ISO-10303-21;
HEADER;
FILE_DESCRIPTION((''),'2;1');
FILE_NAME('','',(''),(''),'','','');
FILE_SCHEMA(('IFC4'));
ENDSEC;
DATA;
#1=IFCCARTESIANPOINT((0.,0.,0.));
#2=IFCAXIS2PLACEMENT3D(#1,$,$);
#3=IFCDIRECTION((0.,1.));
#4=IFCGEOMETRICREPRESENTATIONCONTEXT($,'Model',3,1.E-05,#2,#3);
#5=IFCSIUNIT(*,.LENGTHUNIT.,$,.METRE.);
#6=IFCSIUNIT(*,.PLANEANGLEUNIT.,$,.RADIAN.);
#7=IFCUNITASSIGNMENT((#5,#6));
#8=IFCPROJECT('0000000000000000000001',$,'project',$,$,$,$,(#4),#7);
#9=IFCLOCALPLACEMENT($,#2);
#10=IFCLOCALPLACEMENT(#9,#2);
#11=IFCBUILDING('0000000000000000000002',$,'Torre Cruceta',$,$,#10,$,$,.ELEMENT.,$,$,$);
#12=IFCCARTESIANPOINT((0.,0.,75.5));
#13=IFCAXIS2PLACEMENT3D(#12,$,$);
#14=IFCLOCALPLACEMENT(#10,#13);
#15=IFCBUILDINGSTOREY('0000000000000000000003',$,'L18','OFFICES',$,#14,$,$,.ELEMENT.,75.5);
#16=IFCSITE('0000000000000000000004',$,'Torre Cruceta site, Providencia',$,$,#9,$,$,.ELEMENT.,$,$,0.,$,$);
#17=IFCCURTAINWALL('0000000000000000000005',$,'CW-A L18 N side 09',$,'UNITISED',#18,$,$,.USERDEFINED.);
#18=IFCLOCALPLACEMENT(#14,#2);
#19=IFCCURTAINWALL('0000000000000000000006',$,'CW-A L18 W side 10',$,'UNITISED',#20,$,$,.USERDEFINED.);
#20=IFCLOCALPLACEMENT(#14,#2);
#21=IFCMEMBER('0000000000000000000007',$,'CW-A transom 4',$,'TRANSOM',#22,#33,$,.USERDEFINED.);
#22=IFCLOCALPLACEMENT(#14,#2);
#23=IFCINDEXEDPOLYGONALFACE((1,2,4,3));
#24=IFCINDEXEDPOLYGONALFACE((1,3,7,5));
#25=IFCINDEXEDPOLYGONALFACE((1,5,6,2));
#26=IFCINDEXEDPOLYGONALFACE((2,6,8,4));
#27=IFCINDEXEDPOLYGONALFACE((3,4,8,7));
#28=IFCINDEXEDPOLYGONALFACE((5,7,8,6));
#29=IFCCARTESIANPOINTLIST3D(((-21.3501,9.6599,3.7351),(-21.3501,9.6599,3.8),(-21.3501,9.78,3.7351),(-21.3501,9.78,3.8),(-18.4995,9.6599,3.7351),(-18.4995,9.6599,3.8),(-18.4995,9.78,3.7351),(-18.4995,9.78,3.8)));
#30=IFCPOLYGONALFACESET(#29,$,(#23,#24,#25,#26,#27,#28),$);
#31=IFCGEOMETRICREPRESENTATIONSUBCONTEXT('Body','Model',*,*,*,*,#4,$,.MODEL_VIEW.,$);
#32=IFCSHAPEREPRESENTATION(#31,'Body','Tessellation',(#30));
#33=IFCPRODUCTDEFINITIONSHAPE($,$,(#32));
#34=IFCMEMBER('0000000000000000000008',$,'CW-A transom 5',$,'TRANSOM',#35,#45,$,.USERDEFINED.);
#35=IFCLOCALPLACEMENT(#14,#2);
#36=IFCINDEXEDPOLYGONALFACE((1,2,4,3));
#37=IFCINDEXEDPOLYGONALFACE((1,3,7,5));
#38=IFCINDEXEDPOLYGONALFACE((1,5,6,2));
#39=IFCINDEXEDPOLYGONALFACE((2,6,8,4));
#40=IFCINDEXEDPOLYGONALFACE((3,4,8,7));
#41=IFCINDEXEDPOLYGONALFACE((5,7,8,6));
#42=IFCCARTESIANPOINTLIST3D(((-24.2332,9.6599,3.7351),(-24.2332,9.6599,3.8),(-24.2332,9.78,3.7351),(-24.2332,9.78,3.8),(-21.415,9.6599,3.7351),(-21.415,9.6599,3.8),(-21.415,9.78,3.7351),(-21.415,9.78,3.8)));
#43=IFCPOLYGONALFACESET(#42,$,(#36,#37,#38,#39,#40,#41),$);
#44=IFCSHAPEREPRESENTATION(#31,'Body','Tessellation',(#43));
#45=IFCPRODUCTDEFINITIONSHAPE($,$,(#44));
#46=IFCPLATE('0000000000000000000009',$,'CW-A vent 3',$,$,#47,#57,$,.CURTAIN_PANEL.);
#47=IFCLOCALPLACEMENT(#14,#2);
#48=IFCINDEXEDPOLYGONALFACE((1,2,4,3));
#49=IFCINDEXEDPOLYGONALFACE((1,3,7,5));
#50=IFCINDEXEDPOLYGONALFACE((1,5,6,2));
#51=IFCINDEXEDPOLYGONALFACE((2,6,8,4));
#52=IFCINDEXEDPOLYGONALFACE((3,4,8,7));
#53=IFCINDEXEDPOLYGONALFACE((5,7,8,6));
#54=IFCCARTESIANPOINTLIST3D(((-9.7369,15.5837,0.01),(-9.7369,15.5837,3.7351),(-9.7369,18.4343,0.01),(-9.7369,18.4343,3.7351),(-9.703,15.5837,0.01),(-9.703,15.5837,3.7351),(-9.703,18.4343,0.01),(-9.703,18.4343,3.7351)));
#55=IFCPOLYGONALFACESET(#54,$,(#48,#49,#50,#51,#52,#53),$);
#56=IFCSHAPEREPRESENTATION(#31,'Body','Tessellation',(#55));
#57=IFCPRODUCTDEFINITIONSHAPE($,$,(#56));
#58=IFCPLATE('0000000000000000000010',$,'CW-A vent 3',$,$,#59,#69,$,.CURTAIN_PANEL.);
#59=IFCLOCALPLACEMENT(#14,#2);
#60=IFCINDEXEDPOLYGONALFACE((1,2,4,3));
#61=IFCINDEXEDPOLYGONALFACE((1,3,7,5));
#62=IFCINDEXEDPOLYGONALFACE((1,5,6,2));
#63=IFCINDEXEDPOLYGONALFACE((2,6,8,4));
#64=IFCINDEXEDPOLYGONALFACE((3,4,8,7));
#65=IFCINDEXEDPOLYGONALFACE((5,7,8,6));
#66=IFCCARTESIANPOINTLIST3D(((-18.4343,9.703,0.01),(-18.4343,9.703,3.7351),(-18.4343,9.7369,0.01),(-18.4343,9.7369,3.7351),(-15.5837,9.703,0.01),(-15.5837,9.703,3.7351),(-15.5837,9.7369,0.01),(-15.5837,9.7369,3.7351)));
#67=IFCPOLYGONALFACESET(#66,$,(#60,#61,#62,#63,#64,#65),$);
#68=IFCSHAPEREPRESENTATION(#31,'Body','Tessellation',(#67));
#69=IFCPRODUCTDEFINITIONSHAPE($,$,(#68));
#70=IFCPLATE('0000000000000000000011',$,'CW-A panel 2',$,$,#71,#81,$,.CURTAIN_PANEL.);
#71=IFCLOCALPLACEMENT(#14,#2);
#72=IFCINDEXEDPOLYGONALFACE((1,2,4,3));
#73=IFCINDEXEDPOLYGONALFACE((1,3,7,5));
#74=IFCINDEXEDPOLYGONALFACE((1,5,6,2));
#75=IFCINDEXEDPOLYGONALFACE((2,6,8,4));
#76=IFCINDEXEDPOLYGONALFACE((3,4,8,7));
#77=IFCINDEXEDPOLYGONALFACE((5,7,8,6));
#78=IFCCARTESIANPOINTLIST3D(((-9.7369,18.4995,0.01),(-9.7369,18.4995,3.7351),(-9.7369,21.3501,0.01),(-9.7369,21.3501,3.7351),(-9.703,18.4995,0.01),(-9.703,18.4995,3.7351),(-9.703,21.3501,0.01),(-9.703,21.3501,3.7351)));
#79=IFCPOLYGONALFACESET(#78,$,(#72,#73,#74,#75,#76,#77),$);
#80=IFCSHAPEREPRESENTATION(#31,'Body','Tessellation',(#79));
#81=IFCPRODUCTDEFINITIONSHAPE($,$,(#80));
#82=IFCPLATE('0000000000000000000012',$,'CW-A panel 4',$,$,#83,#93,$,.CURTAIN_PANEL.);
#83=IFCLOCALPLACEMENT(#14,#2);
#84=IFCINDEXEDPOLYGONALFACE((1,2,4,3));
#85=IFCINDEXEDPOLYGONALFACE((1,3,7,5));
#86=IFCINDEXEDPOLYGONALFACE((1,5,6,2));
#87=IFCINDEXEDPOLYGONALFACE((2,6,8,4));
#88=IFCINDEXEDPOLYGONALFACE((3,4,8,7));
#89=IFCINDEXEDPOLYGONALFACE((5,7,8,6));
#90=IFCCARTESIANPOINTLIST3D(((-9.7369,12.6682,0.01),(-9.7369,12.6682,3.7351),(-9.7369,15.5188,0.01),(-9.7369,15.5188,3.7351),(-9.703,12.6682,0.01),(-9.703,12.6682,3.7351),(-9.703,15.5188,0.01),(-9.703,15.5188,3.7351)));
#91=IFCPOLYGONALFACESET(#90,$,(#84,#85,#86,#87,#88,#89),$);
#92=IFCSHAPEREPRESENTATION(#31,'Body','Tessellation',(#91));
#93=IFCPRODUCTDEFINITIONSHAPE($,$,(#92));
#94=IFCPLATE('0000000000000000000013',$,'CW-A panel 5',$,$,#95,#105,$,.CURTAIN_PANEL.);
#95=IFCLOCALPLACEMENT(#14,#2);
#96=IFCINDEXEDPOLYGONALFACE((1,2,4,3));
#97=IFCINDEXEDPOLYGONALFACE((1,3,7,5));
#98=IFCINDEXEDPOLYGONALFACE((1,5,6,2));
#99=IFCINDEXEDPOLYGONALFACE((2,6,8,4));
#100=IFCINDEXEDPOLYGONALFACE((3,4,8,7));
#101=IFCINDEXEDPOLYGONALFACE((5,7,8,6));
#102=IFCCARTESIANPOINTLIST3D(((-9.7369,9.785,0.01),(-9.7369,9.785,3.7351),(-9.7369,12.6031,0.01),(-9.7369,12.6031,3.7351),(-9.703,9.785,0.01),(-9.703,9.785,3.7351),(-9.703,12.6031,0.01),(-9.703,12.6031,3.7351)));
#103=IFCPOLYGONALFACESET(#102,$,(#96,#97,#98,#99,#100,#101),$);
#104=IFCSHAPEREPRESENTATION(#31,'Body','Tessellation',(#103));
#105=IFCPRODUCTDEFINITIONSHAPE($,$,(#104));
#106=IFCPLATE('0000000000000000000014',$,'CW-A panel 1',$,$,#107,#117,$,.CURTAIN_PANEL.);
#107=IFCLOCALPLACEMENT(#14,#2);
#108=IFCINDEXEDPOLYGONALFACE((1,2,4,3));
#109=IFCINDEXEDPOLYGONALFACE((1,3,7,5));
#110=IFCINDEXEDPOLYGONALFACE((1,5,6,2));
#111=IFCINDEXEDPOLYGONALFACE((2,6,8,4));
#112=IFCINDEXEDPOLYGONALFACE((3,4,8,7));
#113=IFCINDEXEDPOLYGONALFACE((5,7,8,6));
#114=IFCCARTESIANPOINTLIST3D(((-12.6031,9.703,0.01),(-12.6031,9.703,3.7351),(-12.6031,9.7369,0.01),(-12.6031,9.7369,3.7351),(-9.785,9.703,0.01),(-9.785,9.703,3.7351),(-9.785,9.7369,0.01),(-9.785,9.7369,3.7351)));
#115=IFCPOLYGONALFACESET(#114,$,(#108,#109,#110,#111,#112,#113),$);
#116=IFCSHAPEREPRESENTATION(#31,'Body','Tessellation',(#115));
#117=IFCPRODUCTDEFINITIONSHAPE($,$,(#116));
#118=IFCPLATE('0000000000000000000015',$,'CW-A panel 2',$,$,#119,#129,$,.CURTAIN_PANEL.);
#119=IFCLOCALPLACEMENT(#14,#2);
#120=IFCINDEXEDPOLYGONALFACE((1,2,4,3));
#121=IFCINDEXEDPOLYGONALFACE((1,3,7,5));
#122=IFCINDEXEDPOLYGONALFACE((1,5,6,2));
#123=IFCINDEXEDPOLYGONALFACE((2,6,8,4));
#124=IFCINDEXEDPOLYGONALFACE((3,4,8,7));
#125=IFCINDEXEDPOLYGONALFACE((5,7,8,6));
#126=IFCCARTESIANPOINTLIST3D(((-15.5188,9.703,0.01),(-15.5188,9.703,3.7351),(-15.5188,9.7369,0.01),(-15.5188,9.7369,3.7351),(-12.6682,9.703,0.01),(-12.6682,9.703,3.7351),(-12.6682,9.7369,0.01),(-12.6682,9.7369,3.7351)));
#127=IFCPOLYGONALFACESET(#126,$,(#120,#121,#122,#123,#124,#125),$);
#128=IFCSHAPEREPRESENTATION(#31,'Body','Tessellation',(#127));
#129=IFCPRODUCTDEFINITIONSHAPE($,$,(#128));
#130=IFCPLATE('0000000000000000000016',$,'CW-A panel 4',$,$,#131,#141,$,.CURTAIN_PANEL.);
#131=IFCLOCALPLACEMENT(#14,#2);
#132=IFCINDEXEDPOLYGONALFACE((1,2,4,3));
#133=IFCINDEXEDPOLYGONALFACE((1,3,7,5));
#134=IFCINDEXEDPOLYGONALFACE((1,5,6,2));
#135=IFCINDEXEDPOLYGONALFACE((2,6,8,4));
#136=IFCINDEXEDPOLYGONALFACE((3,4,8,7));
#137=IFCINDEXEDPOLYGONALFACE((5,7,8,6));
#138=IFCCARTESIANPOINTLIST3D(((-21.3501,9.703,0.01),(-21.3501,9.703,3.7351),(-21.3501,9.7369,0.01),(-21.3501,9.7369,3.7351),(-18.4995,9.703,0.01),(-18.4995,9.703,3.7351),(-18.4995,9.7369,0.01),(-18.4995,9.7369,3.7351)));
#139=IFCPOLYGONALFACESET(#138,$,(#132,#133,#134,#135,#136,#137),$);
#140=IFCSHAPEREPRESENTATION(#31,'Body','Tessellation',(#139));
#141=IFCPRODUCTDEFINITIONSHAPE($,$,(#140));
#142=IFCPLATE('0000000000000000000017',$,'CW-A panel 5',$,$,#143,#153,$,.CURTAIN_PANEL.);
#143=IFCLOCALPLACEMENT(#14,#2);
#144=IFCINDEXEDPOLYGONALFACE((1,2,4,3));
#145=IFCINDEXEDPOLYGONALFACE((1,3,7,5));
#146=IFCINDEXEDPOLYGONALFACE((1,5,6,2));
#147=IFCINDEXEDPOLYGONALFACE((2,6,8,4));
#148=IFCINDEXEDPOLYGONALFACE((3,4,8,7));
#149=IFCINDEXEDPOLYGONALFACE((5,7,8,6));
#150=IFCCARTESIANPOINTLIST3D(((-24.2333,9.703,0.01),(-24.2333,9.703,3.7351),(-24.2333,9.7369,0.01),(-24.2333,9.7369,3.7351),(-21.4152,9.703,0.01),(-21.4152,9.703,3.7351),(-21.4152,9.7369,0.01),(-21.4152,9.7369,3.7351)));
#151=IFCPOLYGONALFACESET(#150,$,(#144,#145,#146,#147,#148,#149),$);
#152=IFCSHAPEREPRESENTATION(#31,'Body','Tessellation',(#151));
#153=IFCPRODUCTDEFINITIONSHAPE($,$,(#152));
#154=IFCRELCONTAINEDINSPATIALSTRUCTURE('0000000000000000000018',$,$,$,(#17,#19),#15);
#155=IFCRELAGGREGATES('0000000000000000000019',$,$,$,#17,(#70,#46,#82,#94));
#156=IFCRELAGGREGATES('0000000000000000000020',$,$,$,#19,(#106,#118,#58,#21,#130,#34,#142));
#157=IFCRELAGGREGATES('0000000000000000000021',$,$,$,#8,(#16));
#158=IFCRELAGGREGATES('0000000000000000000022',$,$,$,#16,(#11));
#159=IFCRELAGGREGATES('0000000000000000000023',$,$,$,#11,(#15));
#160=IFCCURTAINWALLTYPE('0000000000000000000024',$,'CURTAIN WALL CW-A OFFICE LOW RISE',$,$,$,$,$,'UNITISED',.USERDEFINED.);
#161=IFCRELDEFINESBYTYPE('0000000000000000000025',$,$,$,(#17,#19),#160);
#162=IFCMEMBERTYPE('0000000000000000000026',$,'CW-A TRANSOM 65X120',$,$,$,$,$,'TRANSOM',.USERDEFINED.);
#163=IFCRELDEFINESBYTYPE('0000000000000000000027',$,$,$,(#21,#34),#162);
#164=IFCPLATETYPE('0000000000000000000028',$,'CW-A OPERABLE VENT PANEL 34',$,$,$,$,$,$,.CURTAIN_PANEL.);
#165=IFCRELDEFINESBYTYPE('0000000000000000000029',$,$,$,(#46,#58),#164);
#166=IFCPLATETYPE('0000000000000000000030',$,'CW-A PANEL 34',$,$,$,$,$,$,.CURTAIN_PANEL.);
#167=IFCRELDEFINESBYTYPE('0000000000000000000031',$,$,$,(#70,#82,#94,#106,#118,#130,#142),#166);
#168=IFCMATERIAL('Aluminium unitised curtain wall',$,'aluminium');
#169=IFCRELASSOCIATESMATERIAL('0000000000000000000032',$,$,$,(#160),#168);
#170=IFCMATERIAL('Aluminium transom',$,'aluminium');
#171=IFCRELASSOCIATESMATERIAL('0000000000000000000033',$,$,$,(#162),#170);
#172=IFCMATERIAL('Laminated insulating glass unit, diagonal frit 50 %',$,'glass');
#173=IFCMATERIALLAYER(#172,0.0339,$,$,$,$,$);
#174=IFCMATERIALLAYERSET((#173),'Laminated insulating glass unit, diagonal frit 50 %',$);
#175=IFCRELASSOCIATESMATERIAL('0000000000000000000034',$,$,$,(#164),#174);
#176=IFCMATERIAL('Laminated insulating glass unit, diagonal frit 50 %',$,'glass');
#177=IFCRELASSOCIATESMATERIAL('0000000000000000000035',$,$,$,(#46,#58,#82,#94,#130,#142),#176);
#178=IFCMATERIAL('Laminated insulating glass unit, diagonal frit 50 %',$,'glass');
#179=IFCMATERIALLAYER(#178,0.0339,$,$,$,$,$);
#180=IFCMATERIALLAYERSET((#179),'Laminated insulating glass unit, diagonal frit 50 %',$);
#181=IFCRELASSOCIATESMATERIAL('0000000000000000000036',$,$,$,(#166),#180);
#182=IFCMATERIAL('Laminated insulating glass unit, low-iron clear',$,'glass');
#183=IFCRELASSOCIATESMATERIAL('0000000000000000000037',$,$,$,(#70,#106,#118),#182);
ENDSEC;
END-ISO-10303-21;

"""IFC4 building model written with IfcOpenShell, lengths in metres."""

from ifc_helpers import new_model, si_unit, direction, frame, origin, origin_2d, place, context, subcontext, project, spatial, rectangle, extrude, material, layer, layer_set, material_profile, profile_set, type_object, element, aggregate, save


model = new_model("IFC4")

# Units and contexts
model_context = context("Model", 3, precision=1e-05, world=origin(), true_north=direction((0.0, 1.0)))
body_context = subcontext(model_context, "Body", "Model", "MODEL_VIEW")
ifc_project = project(units=[si_unit("LENGTHUNIT", "METRE"), si_unit("PLANEANGLEUNIT", "RADIAN")], contexts=[model_context])

# Site, building, storey
site_placement = place(None, origin())
site = spatial("IfcSite", under=ifc_project, at=site_placement, Name="Torre Cruceta site, Providencia", CompositionType="ELEMENT", RefElevation=0.0)
building_placement = place(site_placement, origin())
building = spatial("IfcBuilding", under=site, at=building_placement, Name="Torre Cruceta", CompositionType="ELEMENT")
storey_placement = place(building_placement, frame((0.0, 0.0, 75.5)))
storey = spatial("IfcBuildingStorey", under=building, at=storey_placement, Name="L18", Description="OFFICES", CompositionType="ELEMENT", Elevation=75.5)

# Curtain walls
ifc_material_1 = material(Name="Aluminium unitised curtain wall", Category="aluminium")
curtain_wall_type = type_object("IfcCurtainWallType", Name="CURTAIN WALL CW-A OFFICE LOW RISE", ElementType="UNITISED", PredefinedType="USERDEFINED", material=ifc_material_1)
curtain_wall_1_placement = place(storey_placement, origin())
curtain_wall_1 = element("IfcCurtainWall", 1, at=curtain_wall_1_placement, inside=storey, type_object=curtain_wall_type, Name="CW-A L18 N side 09", ObjectType="UNITISED", PredefinedType="USERDEFINED")
curtain_wall_2_placement = place(storey_placement, origin())
curtain_wall_2 = element("IfcCurtainWall", 2, at=curtain_wall_2_placement, inside=storey, type_object=curtain_wall_type, Name="CW-A L18 W side 10", ObjectType="UNITISED", PredefinedType="USERDEFINED")

# Members
ifc_material_2 = material(Name="Aluminium transom", Category="aluminium")
ifc_material_profile_1 = material_profile(ifc_material_2, rectangle(XDim=0.1201, YDim=0.0649, at=origin_2d()), Name="AL 120X65")
ifc_profile_set_1 = profile_set([ifc_material_profile_1], Name="Aluminium transom")
member_type_1 = type_object("IfcMemberType", Name="CW-A TRANSOM 65X120", ElementType="TRANSOM", PredefinedType="USERDEFINED", material=ifc_profile_set_1)
member_1_placement = place(storey_placement, frame((-18.4995, 9.72, 3.7676), z_axis=(-1.0, 0.0, 0.0), x_axis=(0.0, -1.0, 0.0)))
member_1 = element("IfcMember", 3, at=member_1_placement, type_object=member_type_1, Name="CW-A transom 4", ObjectType="TRANSOM", PredefinedType="USERDEFINED", context=body_context, shape_type="SweptSolid", body=[
    extrude(rectangle(XDim=0.1201, YDim=0.0649, at=origin_2d()), origin(), (0.0, 0.0, 1.0), 2.8506),
])
member_2_placement = place(storey_placement, frame((-21.415, 9.72, 3.7676), z_axis=(-1.0, 0.0, 0.0), x_axis=(0.0, -1.0, 0.0)))
member_2 = element("IfcMember", 4, at=member_2_placement, type_object=member_type_1, Name="CW-A transom 5", ObjectType="TRANSOM", PredefinedType="USERDEFINED", context=body_context, shape_type="SweptSolid", body=[
    extrude(rectangle(XDim=0.1201, YDim=0.0649, at=origin_2d()), origin(), (0.0, 0.0, 1.0), 2.8181),
])

# Plates
ifc_material_3 = material(Name="Laminated insulating glass unit, diagonal frit 50 %", Category="glass")
ifc_material_4 = material(Name="Laminated insulating glass unit, diagonal frit 50 %", Category="glass")
ifc_layer_1 = layer(ifc_material_4, 0.0339)
ifc_layer_set_1 = layer_set([ifc_layer_1], Name="Laminated insulating glass unit, diagonal frit 50 %")
plate_type_1 = type_object("IfcPlateType", Name="CW-A OPERABLE VENT PANEL 34", PredefinedType="CURTAIN_PANEL", material=ifc_layer_set_1)
plate_1_placement = place(storey_placement, frame((-9.72, 17.009, 0.01), z_axis=(0.0, 0.0, 1.0), x_axis=(0.0, -1.0, 0.0)))
plate_1 = element("IfcPlate", 5, at=plate_1_placement, type_object=plate_type_1, material=ifc_material_3, Name="CW-A vent 3", PredefinedType="CURTAIN_PANEL", context=body_context, shape_type="SweptSolid", body=[
    extrude(rectangle(XDim=2.8506, YDim=0.0339, at=origin_2d()), origin(), (0.0, 0.0, 1.0), 3.7251),
])
plate_2_placement = place(storey_placement, frame((-17.009, 9.72, 0.01), z_axis=(0.0, 0.0, 1.0), x_axis=(-1.0, 0.0, 0.0)))
plate_2 = element("IfcPlate", 6, at=plate_2_placement, type_object=plate_type_1, material=ifc_material_3, Name="CW-A vent 3", PredefinedType="CURTAIN_PANEL", context=body_context, shape_type="SweptSolid", body=[
    extrude(rectangle(XDim=2.8506, YDim=0.0339, at=origin_2d()), origin(), (0.0, 0.0, 1.0), 3.7251),
])
ifc_material_5 = material(Name="Laminated insulating glass unit, low-iron clear", Category="glass")
ifc_material_6 = material(Name="Laminated insulating glass unit, diagonal frit 50 %", Category="glass")
ifc_layer_2 = layer(ifc_material_6, 0.0339)
ifc_layer_set_2 = layer_set([ifc_layer_2], Name="Laminated insulating glass unit, diagonal frit 50 %")
plate_type_2 = type_object("IfcPlateType", Name="CW-A PANEL 34", PredefinedType="CURTAIN_PANEL", material=ifc_layer_set_2)
plate_3_placement = place(storey_placement, frame((-9.72, 19.9248, 0.01), z_axis=(0.0, 0.0, 1.0), x_axis=(0.0, -1.0, 0.0)))
plate_3 = element("IfcPlate", 7, at=plate_3_placement, type_object=plate_type_2, material=ifc_material_5, Name="CW-A panel 2", PredefinedType="CURTAIN_PANEL", context=body_context, shape_type="SweptSolid", body=[
    extrude(rectangle(XDim=2.8506, YDim=0.0339, at=origin_2d()), origin(), (0.0, 0.0, 1.0), 3.7251),
])
plate_4_placement = place(storey_placement, frame((-9.72, 14.0935, 0.01), z_axis=(0.0, 0.0, 1.0), x_axis=(0.0, -1.0, 0.0)))
plate_4 = element("IfcPlate", 8, at=plate_4_placement, type_object=plate_type_2, material=ifc_material_3, Name="CW-A panel 4", PredefinedType="CURTAIN_PANEL", context=body_context, shape_type="SweptSolid", body=[
    extrude(rectangle(XDim=2.8506, YDim=0.0339, at=origin_2d()), origin(), (0.0, 0.0, 1.0), 3.7251),
])
plate_5_placement = place(storey_placement, frame((-9.72, 11.1941, 0.01), z_axis=(0.0, 0.0, 1.0), x_axis=(0.0, -1.0, 0.0)))
plate_5 = element("IfcPlate", 9, at=plate_5_placement, type_object=plate_type_2, material=ifc_material_3, Name="CW-A panel 5", PredefinedType="CURTAIN_PANEL", context=body_context, shape_type="SweptSolid", body=[
    extrude(rectangle(XDim=2.8181, YDim=0.0339, at=origin_2d()), origin(), (0.0, 0.0, 1.0), 3.7251),
])
aggregate(curtain_wall_1, [plate_3, plate_1, plate_4, plate_5])
plate_6_placement = place(storey_placement, frame((-11.1941, 9.72, 0.01), z_axis=(0.0, 0.0, 1.0), x_axis=(-1.0, 0.0, 0.0)))
plate_6 = element("IfcPlate", 10, at=plate_6_placement, type_object=plate_type_2, material=ifc_material_5, Name="CW-A panel 1", PredefinedType="CURTAIN_PANEL", context=body_context, shape_type="SweptSolid", body=[
    extrude(rectangle(XDim=2.8181, YDim=0.0339, at=origin_2d()), origin(), (0.0, 0.0, 1.0), 3.7251),
])
plate_7_placement = place(storey_placement, frame((-14.0935, 9.72, 0.01), z_axis=(0.0, 0.0, 1.0), x_axis=(-1.0, 0.0, 0.0)))
plate_7 = element("IfcPlate", 11, at=plate_7_placement, type_object=plate_type_2, material=ifc_material_5, Name="CW-A panel 2", PredefinedType="CURTAIN_PANEL", context=body_context, shape_type="SweptSolid", body=[
    extrude(rectangle(XDim=2.8506, YDim=0.0339, at=origin_2d()), origin(), (0.0, 0.0, 1.0), 3.7251),
])
plate_8_placement = place(storey_placement, frame((-19.9248, 9.72, 0.01), z_axis=(0.0, 0.0, 1.0), x_axis=(-1.0, 0.0, 0.0)))
plate_8 = element("IfcPlate", 12, at=plate_8_placement, type_object=plate_type_2, material=ifc_material_3, Name="CW-A panel 4", PredefinedType="CURTAIN_PANEL", context=body_context, shape_type="SweptSolid", body=[
    extrude(rectangle(XDim=2.8506, YDim=0.0339, at=origin_2d()), origin(), (0.0, 0.0, 1.0), 3.7251),
])
plate_9_placement = place(storey_placement, frame((-22.8242, 9.72, 0.01), z_axis=(0.0, 0.0, 1.0), x_axis=(-1.0, 0.0, 0.0)))
plate_9 = element("IfcPlate", 13, at=plate_9_placement, type_object=plate_type_2, material=ifc_material_3, Name="CW-A panel 5", PredefinedType="CURTAIN_PANEL", context=body_context, shape_type="SweptSolid", body=[
    extrude(rectangle(XDim=2.8181, YDim=0.0339, at=origin_2d()), origin(), (0.0, 0.0, 1.0), 3.7251),
])
aggregate(curtain_wall_2, [plate_6, plate_7, plate_2, member_1, plate_8, member_2, plate_9])

save(model, "model.ifc")
